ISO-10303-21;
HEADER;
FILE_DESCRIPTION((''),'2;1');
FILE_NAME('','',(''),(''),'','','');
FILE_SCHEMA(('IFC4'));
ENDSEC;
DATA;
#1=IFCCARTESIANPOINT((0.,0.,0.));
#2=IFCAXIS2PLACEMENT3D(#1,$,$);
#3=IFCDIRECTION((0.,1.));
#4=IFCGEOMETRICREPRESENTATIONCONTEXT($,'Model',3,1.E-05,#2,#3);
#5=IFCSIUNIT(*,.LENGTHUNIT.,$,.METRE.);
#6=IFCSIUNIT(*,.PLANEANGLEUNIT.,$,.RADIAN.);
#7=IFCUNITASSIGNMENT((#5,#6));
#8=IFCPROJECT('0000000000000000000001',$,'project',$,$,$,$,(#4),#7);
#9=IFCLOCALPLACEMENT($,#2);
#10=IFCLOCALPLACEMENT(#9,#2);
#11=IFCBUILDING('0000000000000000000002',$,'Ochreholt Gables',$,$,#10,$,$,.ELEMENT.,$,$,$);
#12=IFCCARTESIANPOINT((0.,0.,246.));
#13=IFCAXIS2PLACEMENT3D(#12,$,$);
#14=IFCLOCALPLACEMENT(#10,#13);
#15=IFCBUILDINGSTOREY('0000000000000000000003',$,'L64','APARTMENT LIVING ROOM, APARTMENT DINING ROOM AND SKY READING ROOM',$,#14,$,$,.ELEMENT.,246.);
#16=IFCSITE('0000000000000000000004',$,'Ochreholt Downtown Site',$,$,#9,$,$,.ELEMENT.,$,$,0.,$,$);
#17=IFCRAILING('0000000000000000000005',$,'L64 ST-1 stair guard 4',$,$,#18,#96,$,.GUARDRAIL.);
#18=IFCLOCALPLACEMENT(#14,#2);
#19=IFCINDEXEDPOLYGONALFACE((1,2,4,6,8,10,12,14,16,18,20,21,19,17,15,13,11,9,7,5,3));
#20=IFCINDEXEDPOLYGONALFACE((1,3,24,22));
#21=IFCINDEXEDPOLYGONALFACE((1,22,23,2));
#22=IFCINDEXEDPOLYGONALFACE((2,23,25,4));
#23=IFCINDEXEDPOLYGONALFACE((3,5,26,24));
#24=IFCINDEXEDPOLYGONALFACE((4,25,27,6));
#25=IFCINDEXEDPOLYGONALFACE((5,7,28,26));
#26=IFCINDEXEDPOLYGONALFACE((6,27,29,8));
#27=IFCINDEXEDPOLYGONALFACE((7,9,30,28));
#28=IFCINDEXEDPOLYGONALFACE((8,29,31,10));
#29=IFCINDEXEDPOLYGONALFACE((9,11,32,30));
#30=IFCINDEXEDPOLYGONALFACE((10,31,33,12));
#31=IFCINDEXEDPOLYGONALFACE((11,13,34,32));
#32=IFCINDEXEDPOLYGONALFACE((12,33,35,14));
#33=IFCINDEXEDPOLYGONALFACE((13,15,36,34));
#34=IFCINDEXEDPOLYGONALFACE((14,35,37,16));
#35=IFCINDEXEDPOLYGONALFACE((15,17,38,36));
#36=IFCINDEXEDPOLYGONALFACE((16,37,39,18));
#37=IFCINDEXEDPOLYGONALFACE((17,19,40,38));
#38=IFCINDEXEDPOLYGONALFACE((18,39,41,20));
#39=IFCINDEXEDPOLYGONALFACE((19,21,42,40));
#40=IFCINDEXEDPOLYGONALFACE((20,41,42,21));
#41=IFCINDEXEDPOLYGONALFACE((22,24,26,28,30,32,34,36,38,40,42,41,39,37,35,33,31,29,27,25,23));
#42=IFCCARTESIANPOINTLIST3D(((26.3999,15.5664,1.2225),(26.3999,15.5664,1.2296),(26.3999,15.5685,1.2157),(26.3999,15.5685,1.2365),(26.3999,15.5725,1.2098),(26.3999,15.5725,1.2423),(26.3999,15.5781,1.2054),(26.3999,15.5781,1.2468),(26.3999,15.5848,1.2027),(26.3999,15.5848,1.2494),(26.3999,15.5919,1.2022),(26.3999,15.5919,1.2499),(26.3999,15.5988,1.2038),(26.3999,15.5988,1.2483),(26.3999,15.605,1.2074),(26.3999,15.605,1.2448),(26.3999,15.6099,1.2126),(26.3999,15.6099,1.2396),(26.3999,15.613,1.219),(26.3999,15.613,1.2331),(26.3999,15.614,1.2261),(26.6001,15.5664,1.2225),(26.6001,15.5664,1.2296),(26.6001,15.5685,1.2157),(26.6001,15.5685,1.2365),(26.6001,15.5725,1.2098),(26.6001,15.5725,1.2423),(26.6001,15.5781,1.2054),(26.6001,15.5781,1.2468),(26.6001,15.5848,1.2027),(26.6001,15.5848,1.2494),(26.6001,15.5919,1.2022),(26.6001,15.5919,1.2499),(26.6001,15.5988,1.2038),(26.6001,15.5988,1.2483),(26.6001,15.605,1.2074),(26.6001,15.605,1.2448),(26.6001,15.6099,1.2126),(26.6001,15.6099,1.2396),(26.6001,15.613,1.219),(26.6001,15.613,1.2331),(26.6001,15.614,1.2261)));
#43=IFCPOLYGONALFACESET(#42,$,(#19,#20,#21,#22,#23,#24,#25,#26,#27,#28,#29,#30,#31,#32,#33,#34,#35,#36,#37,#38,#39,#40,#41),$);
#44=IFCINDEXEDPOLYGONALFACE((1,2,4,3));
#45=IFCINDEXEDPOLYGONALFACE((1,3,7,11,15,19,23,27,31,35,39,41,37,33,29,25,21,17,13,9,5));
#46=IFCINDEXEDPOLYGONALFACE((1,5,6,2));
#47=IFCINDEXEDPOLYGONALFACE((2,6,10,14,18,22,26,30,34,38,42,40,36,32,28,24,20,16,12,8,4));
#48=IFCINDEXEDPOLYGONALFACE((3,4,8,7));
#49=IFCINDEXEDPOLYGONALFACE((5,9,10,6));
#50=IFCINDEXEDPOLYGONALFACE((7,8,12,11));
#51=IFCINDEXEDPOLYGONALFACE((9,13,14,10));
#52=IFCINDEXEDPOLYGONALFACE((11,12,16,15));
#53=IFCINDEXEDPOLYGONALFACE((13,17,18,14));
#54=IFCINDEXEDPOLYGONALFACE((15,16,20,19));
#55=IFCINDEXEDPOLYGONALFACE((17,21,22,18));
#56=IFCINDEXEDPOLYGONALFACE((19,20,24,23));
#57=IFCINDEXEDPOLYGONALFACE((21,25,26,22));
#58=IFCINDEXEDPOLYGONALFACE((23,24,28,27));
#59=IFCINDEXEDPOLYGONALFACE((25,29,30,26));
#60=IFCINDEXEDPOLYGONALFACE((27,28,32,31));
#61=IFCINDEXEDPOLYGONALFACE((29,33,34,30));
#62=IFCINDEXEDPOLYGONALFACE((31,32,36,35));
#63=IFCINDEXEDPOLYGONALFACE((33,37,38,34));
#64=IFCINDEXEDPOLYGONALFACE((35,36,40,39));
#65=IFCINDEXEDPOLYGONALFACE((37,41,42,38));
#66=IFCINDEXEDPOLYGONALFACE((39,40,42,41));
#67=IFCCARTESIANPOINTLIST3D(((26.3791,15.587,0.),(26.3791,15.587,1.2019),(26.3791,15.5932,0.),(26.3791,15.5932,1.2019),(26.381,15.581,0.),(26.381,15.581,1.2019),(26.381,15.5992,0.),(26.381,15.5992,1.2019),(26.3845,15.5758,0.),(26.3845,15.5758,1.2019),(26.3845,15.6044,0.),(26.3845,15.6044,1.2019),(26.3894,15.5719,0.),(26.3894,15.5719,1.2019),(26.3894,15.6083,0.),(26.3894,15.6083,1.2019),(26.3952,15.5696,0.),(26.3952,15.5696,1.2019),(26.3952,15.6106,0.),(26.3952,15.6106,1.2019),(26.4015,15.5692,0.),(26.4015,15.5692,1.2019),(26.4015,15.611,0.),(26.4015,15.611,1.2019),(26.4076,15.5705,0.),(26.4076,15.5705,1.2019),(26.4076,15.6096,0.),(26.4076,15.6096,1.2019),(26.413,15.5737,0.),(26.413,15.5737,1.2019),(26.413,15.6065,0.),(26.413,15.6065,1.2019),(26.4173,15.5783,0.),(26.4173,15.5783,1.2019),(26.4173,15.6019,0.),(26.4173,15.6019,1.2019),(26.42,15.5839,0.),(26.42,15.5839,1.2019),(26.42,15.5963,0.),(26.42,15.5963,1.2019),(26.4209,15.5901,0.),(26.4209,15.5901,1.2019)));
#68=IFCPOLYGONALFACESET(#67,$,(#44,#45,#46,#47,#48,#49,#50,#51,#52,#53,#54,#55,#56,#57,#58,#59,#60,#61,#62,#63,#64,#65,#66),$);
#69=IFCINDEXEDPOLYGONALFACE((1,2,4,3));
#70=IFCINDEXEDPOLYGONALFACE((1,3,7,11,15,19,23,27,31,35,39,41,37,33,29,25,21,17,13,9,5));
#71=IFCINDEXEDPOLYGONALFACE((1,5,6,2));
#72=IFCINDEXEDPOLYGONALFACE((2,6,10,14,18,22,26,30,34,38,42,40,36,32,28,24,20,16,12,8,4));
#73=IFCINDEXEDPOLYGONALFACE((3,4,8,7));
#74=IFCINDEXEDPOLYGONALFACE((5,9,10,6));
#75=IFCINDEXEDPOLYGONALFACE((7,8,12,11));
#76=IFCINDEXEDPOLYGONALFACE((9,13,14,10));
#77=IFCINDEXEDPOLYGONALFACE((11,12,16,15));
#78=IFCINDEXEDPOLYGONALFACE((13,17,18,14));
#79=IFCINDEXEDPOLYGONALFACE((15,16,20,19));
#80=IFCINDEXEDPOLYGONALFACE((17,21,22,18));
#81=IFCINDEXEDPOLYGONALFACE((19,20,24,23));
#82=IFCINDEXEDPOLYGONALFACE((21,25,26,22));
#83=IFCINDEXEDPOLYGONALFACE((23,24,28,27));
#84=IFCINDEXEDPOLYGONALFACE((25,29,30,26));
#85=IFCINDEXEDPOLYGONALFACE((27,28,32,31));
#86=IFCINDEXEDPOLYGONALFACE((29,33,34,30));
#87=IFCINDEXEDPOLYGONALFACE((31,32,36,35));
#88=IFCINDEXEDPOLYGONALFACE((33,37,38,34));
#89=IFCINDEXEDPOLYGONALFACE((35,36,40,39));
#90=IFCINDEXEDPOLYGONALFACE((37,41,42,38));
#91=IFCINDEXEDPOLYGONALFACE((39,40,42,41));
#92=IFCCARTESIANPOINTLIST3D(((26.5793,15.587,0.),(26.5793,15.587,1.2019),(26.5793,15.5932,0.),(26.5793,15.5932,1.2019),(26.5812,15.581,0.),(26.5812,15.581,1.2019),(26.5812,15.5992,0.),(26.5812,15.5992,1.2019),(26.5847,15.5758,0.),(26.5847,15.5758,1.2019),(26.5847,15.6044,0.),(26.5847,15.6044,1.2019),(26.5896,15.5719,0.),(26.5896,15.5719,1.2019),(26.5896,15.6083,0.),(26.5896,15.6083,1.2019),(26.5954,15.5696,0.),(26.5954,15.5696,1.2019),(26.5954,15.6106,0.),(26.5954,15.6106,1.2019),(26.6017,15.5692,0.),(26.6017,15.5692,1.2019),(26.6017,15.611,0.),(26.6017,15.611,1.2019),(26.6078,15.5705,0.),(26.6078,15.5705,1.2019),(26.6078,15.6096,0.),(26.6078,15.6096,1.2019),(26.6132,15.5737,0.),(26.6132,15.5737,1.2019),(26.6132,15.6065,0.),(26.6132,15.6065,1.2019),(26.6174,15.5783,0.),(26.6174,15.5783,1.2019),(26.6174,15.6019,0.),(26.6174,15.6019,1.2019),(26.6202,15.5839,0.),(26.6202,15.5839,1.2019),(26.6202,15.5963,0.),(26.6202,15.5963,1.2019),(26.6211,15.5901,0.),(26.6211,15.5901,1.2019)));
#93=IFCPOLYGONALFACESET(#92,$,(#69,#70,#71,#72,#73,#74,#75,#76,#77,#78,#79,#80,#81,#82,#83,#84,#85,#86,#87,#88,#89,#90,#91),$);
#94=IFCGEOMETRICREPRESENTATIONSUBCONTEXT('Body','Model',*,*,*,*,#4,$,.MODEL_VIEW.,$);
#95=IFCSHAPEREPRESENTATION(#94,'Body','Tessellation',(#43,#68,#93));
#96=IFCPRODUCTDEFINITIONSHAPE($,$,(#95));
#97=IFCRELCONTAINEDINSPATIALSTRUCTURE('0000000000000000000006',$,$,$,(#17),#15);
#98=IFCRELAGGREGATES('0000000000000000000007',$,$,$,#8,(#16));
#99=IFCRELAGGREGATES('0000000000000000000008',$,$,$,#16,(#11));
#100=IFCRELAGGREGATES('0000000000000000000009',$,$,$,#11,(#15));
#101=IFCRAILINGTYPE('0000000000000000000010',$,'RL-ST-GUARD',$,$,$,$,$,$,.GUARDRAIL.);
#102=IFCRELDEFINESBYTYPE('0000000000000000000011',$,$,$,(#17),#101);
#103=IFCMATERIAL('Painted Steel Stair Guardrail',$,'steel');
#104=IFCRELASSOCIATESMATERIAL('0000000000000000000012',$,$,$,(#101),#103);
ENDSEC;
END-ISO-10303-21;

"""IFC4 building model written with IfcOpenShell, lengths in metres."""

from ifc_helpers import new_model, si_unit, direction, frame, origin, origin_2d, place, context, subcontext, project, spatial, circle, extrude, material, type_object, element, save


model = new_model("IFC4")

# Units and contexts
model_context = context("Model", 3, precision=1e-05, world=origin(), true_north=direction((0.0, 1.0)))
body_context = subcontext(model_context, "Body", "Model", "MODEL_VIEW")
ifc_project = project(units=[si_unit("LENGTHUNIT", "METRE"), si_unit("PLANEANGLEUNIT", "RADIAN")], contexts=[model_context])

# Site, building, storey
site_placement = place(None, origin())
site = spatial("IfcSite", under=ifc_project, at=site_placement, Name="Ochreholt Downtown Site", CompositionType="ELEMENT", RefElevation=0.0)
building_placement = place(site_placement, origin())
building = spatial("IfcBuilding", under=site, at=building_placement, Name="Ochreholt Gables", CompositionType="ELEMENT")
storey_placement = place(building_placement, frame((0.0, 0.0, 246.0)))
storey = spatial("IfcBuildingStorey", under=building, at=storey_placement, Name="L64", Description="APARTMENT LIVING ROOM, APARTMENT DINING ROOM AND SKY READING ROOM", CompositionType="ELEMENT", Elevation=246.0)

# Railing
ifc_material_1 = material(Name="Painted Steel Stair Guardrail", Category="steel")
railing_type_1 = type_object("IfcRailingType", Name="RL-ST-GUARD", PredefinedType="GUARDRAIL", material=ifc_material_1)
railing_1_placement = place(storey_placement, frame((26.3999, 15.5901, 0.0)))
element("IfcRailing", 1, at=railing_1_placement, inside=storey, type_object=railing_type_1, Name="L64 ST-1 stair guard 4", PredefinedType="GUARDRAIL", context=body_context, shape_type="SweptSolid", body=[
    extrude(circle(Radius=0.0239, at=origin_2d()), frame((0.0, 0.0, 1.2261), z_axis=(1.0, 0.0, 0.0), x_axis=(0.0, 1.0, 0.0)), (0.0, 0.0, 1.0), 0.2002),
    extrude(circle(Radius=0.021, at=origin_2d()), origin(), (0.0, 0.0, 1.0), 1.2019),
    extrude(circle(Radius=0.021, at=origin_2d()), frame((0.2002, 0.0, 0.0)), (0.0, 0.0, 1.0), 1.2019),
])

save(model, "model.ifc")
